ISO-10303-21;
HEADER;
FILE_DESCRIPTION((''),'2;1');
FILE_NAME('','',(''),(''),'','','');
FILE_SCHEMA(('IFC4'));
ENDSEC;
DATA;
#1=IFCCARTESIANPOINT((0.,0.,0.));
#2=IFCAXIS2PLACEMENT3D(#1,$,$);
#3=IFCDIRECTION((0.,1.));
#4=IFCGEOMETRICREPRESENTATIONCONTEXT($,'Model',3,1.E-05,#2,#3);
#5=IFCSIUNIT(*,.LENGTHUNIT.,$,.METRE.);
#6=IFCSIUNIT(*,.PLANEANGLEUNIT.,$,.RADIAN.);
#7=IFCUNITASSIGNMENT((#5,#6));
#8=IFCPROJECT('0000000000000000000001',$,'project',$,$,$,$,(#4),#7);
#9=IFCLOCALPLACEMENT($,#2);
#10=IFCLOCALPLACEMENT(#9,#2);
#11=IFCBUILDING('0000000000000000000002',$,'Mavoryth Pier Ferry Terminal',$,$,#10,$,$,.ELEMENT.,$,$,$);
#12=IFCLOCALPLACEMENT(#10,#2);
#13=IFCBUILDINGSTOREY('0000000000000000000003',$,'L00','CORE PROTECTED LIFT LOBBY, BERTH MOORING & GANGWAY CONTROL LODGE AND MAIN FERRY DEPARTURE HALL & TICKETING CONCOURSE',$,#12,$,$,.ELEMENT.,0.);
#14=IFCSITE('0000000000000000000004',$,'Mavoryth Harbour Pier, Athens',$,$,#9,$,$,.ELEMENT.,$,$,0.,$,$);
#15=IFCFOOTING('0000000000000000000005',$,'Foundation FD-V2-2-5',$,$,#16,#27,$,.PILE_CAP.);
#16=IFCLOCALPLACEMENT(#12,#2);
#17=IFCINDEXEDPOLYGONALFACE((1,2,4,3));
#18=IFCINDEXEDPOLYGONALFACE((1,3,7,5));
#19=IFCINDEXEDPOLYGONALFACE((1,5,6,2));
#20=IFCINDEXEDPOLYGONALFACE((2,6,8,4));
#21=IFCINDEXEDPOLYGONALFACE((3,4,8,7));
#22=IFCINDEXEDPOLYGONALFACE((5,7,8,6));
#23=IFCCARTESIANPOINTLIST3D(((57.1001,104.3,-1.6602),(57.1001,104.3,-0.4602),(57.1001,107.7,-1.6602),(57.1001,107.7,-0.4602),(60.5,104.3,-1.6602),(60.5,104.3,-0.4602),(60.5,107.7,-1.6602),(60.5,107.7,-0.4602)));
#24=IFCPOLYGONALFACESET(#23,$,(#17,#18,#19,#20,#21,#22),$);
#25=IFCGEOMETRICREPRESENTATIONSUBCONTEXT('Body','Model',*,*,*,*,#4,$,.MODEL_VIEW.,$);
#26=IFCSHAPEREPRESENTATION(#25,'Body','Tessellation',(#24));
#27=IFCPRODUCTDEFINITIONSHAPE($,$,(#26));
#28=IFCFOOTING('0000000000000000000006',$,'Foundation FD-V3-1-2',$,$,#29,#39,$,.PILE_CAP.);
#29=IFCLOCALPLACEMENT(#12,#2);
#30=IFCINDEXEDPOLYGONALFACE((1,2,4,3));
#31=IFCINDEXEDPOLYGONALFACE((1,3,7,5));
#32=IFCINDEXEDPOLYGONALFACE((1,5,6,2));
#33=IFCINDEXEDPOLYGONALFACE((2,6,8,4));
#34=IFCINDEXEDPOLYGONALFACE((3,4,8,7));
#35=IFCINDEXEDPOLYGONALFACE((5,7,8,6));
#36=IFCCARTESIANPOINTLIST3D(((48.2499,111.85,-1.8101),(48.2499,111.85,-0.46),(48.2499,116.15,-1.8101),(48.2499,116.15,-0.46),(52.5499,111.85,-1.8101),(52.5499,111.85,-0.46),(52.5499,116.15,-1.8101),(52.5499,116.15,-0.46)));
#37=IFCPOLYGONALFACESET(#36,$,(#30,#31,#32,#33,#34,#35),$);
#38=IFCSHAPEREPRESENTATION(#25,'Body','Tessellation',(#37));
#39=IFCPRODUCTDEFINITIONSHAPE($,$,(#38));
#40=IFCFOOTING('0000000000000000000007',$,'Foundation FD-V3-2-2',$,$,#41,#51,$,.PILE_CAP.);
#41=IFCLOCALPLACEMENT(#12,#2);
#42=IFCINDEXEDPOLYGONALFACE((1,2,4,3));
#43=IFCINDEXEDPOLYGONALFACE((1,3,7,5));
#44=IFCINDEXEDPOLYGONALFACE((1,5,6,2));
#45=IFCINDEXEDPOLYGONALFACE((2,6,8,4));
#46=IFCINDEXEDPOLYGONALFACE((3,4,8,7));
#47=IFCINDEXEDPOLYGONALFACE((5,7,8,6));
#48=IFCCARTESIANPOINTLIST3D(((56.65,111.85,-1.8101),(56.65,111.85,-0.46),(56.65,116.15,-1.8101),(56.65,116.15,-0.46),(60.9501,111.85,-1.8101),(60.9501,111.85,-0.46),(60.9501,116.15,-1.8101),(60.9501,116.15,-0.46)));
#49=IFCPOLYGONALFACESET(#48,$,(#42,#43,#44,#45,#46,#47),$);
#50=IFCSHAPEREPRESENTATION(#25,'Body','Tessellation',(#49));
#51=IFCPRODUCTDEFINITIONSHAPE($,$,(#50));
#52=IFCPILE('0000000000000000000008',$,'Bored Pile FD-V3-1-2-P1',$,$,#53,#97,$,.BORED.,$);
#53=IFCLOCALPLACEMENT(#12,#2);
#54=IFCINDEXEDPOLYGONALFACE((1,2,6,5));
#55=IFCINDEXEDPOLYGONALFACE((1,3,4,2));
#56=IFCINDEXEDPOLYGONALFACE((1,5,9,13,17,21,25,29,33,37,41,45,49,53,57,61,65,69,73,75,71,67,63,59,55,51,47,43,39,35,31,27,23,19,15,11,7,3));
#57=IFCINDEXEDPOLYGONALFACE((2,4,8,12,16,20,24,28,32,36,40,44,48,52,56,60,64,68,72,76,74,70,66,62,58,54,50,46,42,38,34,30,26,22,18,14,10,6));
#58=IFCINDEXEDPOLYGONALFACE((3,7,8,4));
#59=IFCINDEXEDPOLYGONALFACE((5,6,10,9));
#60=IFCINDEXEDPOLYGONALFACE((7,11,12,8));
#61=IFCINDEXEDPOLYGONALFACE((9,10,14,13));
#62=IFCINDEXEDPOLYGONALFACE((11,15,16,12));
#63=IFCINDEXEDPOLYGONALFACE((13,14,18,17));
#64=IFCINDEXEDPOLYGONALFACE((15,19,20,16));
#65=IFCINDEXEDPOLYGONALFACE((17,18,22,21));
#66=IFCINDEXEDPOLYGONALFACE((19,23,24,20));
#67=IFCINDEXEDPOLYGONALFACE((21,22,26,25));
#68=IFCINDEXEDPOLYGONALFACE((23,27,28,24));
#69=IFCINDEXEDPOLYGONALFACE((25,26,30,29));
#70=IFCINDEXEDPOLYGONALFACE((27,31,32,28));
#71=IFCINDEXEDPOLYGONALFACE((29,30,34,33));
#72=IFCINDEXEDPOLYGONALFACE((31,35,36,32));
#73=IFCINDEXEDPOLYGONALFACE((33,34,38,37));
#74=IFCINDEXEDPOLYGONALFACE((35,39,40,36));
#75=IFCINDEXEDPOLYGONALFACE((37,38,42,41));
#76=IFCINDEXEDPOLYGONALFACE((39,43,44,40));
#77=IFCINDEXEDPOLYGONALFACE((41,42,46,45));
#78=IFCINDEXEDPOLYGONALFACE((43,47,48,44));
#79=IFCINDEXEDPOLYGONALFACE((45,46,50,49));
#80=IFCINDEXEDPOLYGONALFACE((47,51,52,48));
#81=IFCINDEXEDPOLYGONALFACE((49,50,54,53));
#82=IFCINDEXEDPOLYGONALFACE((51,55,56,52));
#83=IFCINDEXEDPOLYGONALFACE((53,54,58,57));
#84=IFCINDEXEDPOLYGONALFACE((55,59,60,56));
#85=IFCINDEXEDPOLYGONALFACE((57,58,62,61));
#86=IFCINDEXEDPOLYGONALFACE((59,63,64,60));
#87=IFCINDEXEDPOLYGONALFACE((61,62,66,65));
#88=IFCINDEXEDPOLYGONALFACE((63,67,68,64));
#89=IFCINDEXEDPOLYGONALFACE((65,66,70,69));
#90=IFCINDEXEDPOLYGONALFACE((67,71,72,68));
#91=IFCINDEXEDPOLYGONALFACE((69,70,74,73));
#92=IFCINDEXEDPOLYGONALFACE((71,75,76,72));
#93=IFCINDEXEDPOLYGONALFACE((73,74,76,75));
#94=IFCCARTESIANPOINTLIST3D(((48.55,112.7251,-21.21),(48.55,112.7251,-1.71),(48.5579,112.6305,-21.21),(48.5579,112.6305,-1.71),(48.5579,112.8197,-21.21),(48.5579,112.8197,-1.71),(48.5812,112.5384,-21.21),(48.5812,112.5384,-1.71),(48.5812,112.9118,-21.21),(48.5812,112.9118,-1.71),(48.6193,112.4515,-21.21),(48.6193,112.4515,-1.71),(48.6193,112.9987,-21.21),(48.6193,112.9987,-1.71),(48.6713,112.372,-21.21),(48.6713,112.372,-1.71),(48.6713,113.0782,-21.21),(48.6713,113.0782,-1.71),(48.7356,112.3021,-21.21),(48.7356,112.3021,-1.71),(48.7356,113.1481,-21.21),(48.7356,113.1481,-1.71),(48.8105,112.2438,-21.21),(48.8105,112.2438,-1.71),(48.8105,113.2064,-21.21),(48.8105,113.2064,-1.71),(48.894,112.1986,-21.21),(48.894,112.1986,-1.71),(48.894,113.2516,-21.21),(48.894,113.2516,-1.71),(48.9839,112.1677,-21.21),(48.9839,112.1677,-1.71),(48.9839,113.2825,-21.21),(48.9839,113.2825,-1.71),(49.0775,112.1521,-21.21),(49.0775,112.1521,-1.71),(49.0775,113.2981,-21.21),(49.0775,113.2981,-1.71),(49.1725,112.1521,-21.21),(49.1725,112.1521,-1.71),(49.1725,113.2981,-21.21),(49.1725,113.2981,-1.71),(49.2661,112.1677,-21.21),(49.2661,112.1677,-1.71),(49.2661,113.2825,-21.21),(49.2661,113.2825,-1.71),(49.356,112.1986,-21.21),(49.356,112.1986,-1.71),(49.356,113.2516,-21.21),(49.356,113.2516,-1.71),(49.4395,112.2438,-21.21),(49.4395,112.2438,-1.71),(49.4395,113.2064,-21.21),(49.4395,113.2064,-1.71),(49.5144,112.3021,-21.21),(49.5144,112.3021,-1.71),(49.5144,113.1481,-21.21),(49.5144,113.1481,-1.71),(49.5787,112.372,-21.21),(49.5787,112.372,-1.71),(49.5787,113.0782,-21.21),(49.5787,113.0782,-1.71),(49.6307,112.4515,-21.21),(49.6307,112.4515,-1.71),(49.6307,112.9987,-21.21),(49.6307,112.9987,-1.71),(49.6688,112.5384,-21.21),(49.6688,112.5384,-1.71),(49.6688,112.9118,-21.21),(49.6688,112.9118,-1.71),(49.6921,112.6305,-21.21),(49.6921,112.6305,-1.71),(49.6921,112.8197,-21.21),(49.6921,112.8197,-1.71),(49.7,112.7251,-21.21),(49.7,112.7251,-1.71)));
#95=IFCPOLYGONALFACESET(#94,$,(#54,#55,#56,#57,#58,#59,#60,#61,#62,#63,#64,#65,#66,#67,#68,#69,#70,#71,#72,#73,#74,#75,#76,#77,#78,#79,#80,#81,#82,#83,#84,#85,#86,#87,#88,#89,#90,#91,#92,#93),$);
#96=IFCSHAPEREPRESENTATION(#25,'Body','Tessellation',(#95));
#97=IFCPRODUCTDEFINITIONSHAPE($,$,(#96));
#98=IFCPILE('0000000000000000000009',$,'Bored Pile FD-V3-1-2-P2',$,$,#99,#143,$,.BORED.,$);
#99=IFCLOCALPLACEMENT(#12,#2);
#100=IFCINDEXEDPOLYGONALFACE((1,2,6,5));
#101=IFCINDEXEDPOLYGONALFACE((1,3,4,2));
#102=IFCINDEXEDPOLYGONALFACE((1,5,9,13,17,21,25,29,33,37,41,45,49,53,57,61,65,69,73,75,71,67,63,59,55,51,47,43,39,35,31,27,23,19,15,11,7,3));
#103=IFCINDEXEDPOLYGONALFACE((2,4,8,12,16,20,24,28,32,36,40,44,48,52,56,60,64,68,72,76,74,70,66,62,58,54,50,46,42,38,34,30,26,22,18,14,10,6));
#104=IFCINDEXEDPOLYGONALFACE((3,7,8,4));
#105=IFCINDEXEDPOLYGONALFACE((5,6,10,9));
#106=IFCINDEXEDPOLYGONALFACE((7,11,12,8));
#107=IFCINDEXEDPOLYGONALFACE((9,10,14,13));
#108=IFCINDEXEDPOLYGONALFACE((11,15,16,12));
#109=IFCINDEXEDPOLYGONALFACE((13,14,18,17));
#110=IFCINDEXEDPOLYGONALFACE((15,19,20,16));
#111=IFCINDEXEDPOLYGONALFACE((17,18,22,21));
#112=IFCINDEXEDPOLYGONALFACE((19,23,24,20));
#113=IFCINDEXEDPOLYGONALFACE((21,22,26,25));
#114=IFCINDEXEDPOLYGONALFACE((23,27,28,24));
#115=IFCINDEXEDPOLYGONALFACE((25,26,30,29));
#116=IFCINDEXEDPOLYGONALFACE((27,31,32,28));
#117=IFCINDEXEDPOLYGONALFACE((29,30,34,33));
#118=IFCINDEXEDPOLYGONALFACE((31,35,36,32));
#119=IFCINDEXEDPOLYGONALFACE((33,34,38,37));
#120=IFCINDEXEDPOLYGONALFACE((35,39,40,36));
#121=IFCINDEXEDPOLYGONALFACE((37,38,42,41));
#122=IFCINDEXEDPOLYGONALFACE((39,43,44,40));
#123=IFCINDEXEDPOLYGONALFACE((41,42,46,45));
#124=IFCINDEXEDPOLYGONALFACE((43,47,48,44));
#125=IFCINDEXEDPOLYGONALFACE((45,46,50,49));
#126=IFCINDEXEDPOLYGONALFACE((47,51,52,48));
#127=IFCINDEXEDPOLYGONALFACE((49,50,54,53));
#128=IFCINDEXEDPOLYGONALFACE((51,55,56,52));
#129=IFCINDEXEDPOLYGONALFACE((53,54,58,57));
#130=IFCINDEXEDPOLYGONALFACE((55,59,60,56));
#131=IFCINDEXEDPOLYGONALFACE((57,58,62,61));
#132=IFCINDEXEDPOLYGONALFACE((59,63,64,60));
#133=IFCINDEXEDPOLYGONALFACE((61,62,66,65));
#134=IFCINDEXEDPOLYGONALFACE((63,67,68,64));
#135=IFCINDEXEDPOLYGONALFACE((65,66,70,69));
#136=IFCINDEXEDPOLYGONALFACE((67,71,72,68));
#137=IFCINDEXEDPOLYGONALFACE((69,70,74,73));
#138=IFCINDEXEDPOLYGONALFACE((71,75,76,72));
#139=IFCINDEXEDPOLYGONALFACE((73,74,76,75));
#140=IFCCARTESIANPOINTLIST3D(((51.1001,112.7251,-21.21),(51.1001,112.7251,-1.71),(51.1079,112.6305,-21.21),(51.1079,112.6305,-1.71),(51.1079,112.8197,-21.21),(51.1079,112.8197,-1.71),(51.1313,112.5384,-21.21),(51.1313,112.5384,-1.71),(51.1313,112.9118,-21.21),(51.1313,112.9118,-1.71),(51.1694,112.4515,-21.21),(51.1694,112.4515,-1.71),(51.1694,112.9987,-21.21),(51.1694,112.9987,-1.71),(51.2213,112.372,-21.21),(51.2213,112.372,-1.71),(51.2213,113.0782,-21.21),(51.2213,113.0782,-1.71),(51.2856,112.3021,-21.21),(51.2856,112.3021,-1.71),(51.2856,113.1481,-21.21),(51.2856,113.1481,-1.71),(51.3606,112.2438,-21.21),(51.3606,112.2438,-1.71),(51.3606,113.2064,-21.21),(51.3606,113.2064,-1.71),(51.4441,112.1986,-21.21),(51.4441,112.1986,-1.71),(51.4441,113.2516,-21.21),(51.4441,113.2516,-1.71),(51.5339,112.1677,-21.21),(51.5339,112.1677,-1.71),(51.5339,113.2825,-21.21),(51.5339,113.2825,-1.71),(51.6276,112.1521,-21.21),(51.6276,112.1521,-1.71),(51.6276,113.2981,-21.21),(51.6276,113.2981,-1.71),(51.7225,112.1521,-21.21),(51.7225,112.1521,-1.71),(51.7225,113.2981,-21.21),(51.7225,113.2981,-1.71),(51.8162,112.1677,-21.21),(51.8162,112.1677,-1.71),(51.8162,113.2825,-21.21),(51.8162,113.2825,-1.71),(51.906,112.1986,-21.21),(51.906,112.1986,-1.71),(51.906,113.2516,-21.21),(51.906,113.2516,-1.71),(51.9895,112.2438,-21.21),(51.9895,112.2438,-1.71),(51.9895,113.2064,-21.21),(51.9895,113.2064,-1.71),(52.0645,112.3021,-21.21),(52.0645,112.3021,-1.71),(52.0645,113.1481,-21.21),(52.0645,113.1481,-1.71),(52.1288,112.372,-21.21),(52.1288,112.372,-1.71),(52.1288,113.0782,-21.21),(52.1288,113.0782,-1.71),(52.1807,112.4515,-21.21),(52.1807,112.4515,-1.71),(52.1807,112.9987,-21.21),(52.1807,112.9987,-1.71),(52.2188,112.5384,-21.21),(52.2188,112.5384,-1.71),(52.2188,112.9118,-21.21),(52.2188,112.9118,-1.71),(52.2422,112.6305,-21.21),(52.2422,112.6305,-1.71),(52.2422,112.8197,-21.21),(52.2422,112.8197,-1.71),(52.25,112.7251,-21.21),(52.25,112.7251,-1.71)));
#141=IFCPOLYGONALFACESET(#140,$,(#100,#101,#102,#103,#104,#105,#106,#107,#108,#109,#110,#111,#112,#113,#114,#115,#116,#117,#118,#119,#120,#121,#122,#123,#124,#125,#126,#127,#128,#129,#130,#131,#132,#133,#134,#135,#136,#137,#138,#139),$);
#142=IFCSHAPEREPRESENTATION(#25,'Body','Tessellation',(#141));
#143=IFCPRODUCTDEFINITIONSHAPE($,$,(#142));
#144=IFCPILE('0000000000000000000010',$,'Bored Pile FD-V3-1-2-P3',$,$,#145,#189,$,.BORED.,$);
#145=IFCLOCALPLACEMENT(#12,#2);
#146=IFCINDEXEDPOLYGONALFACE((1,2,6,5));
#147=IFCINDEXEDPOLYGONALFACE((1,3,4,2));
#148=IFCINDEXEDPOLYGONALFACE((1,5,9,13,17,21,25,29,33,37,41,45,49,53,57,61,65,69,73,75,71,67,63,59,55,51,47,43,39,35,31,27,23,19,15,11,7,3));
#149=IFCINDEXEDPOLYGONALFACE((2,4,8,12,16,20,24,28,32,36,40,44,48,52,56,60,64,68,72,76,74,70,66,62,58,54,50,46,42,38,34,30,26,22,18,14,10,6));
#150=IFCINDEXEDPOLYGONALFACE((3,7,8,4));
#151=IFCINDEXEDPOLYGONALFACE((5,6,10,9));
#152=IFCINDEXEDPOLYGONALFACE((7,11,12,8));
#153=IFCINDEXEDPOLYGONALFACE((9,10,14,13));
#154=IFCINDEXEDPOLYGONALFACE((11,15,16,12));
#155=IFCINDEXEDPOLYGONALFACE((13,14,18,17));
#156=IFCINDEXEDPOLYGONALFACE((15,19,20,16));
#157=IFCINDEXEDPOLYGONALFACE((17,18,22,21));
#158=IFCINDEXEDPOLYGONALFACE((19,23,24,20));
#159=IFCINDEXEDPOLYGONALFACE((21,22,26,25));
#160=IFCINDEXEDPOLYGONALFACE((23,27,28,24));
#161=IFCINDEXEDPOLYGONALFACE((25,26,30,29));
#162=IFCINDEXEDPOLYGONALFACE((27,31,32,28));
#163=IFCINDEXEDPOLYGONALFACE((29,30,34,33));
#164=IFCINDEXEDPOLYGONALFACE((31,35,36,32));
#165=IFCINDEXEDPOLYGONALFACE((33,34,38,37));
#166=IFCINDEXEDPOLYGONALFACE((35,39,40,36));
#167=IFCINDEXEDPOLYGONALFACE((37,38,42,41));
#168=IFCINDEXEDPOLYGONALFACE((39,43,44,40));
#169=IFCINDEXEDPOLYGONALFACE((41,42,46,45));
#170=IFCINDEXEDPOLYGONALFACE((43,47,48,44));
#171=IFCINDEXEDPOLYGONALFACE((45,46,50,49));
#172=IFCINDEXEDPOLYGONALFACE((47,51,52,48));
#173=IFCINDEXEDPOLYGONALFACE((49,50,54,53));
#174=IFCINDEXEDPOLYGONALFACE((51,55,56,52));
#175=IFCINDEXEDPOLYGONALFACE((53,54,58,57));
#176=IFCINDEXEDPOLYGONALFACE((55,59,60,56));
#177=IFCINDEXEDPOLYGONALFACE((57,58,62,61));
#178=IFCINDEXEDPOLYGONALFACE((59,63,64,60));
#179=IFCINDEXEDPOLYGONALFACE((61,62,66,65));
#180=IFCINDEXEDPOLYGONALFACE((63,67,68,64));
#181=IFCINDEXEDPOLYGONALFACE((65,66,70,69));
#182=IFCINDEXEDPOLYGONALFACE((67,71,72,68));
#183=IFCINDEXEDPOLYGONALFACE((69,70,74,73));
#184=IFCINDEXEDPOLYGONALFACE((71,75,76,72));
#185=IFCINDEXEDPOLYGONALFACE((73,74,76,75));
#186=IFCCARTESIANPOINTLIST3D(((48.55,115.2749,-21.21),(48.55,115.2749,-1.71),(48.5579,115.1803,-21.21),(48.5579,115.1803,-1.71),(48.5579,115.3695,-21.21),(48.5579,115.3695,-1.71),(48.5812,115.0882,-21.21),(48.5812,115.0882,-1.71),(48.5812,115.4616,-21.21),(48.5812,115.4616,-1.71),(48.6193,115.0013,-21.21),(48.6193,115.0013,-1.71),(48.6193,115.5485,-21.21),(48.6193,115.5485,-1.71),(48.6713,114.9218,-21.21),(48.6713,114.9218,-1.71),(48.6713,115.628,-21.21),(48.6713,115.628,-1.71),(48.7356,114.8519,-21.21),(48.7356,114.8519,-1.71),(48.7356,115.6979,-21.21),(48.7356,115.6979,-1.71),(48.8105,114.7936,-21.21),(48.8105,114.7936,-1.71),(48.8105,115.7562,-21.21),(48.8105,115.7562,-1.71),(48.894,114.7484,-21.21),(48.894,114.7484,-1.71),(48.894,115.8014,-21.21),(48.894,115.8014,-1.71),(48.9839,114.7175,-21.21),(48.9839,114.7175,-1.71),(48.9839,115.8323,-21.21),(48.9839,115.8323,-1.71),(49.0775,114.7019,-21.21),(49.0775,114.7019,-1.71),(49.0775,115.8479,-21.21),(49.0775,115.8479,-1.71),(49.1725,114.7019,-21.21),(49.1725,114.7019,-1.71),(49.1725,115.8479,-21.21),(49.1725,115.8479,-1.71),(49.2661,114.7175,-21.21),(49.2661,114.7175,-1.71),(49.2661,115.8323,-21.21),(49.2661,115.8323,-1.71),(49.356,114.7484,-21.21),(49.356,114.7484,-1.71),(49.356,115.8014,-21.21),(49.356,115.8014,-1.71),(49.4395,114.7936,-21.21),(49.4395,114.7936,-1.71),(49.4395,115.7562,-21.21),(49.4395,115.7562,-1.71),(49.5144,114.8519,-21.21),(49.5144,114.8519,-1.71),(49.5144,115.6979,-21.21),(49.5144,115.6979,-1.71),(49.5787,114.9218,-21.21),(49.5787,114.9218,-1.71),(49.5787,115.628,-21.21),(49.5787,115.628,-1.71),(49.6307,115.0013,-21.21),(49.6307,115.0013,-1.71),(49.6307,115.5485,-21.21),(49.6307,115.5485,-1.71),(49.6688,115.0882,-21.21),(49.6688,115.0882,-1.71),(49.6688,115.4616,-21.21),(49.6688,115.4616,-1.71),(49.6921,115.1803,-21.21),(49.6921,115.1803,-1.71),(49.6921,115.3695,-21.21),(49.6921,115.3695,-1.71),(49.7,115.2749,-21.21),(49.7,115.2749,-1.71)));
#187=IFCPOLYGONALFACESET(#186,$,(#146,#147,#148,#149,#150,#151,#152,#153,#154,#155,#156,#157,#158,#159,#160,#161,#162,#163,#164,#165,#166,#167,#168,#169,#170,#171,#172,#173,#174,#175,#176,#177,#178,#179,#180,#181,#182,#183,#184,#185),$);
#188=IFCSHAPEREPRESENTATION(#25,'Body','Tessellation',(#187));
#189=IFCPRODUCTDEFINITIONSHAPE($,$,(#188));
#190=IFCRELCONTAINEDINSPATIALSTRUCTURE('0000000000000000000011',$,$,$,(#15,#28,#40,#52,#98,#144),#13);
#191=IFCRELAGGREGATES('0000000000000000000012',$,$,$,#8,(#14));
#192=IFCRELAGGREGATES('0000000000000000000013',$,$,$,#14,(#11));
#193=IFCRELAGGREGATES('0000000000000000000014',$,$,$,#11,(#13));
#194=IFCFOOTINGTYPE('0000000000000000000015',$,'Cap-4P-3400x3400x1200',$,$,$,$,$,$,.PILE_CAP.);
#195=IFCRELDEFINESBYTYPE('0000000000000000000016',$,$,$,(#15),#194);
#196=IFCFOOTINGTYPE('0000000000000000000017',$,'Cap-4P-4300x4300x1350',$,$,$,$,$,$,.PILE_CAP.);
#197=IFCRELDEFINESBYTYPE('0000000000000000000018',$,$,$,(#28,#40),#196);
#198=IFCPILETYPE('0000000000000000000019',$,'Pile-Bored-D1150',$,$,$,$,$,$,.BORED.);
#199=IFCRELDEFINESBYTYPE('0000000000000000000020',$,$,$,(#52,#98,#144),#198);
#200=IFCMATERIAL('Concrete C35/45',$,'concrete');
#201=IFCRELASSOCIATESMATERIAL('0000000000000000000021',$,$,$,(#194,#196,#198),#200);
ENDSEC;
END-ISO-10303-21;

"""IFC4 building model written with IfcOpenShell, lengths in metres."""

from ifc_helpers import new_model, si_unit, direction, frame, origin, origin_2d, place, context, subcontext, project, spatial, rectangle, circle, extrude, material, material_profile, profile_set, type_object, element, save


model = new_model("IFC4")

# Units and contexts
model_context = context("Model", 3, precision=1e-05, world=origin(), true_north=direction((0.0, 1.0)))
body_context = subcontext(model_context, "Body", "Model", "MODEL_VIEW")
ifc_project = project(units=[si_unit("LENGTHUNIT", "METRE"), si_unit("PLANEANGLEUNIT", "RADIAN")], contexts=[model_context])

# Site, building, storey
site_placement = place(None, origin())
site = spatial("IfcSite", under=ifc_project, at=site_placement, Name="Mavoryth Harbour Pier, Athens", CompositionType="ELEMENT", RefElevation=0.0)
building_placement = place(site_placement, origin())
building = spatial("IfcBuilding", under=site, at=building_placement, Name="Mavoryth Pier Ferry Terminal", CompositionType="ELEMENT")
storey_placement = place(building_placement, origin())
storey = spatial("IfcBuildingStorey", under=building, at=storey_placement, Name="L00", Description="CORE PROTECTED LIFT LOBBY, BERTH MOORING & GANGWAY CONTROL LODGE AND MAIN FERRY DEPARTURE HALL & TICKETING CONCOURSE", CompositionType="ELEMENT", Elevation=0.0)

# Footings
ifc_material_1 = material(Name="Concrete C35/45", Category="concrete")
footing_type_1 = type_object("IfcFootingType", Name="Cap-4P-3400x3400x1200", PredefinedType="PILE_CAP", material=ifc_material_1)
footing_1_placement = place(storey_placement, frame((58.8, 106.0, -1.6602), z_axis=(0.0, 0.0, 1.0), x_axis=(1.0, 0.0, 0.0)))
element("IfcFooting", 1, at=footing_1_placement, inside=storey, type_object=footing_type_1, Name="Foundation FD-V2-2-5", PredefinedType="PILE_CAP", context=body_context, shape_type="SweptSolid", body=[
    extrude(rectangle(XDim=3.3999, YDim=3.3999, at=origin_2d()), origin(), (0.0, 0.0, 1.0), 1.2),
])
footing_type_2 = type_object("IfcFootingType", Name="Cap-4P-4300x4300x1350", PredefinedType="PILE_CAP", material=ifc_material_1)
for number, where, z_axis, x_axis, name in (
    (2, (50.3999, 114.0, -1.8101), (0.0, 0.0, 1.0), (1.0, 0.0, 0.0), "Foundation FD-V3-1-2"),
    (3, (58.8, 114.0, -1.8101), (0.0, 0.0, 1.0), (1.0, 0.0, 0.0), "Foundation FD-V3-2-2"),
):
    element("IfcFooting", number, at=place(storey_placement, frame(where, z_axis=z_axis, x_axis=x_axis)), inside=storey, type_object=footing_type_2, Name=name, PredefinedType="PILE_CAP", context=body_context, shape_type="SweptSolid", body=[
        extrude(rectangle(XDim=4.3, YDim=4.3, at=origin_2d()), origin(), (0.0, 0.0, 1.0), 1.3501),
    ])

# Piles
ifc_material_profile_1 = material_profile(ifc_material_1, circle(Radius=0.575, at=origin_2d()), Name="PILE D1150", Category="concrete")
ifc_profile_set_1 = profile_set([ifc_material_profile_1], Name="Concrete C35/45 - PILE D1150")
pile_type_1 = type_object("IfcPileType", Name="Pile-Bored-D1150", PredefinedType="BORED", material=ifc_profile_set_1)
for number, where, z_axis, x_axis, name in (
    (4, (49.125, 112.7251, -1.71), (0.0, 0.0, -1.0), (1.0, 0.0, 0.0), "Bored Pile FD-V3-1-2-P1"),
    (5, (51.675, 112.7251, -1.71), (0.0, 0.0, -1.0), (1.0, 0.0, 0.0), "Bored Pile FD-V3-1-2-P2"),
    (6, (49.125, 115.2749, -1.71), (0.0, 0.0, -1.0), (1.0, 0.0, 0.0), "Bored Pile FD-V3-1-2-P3"),
):
    element("IfcPile", number, at=place(storey_placement, frame(where, z_axis=z_axis, x_axis=x_axis)), inside=storey, type_object=pile_type_1, Name=name, PredefinedType="BORED", context=body_context, shape_type="SweptSolid", body=[
        extrude(circle(Radius=0.575, at=origin_2d()), origin(), (0.0, 0.0, 1.0), 19.5),
    ])

save(model, "model.ifc")
